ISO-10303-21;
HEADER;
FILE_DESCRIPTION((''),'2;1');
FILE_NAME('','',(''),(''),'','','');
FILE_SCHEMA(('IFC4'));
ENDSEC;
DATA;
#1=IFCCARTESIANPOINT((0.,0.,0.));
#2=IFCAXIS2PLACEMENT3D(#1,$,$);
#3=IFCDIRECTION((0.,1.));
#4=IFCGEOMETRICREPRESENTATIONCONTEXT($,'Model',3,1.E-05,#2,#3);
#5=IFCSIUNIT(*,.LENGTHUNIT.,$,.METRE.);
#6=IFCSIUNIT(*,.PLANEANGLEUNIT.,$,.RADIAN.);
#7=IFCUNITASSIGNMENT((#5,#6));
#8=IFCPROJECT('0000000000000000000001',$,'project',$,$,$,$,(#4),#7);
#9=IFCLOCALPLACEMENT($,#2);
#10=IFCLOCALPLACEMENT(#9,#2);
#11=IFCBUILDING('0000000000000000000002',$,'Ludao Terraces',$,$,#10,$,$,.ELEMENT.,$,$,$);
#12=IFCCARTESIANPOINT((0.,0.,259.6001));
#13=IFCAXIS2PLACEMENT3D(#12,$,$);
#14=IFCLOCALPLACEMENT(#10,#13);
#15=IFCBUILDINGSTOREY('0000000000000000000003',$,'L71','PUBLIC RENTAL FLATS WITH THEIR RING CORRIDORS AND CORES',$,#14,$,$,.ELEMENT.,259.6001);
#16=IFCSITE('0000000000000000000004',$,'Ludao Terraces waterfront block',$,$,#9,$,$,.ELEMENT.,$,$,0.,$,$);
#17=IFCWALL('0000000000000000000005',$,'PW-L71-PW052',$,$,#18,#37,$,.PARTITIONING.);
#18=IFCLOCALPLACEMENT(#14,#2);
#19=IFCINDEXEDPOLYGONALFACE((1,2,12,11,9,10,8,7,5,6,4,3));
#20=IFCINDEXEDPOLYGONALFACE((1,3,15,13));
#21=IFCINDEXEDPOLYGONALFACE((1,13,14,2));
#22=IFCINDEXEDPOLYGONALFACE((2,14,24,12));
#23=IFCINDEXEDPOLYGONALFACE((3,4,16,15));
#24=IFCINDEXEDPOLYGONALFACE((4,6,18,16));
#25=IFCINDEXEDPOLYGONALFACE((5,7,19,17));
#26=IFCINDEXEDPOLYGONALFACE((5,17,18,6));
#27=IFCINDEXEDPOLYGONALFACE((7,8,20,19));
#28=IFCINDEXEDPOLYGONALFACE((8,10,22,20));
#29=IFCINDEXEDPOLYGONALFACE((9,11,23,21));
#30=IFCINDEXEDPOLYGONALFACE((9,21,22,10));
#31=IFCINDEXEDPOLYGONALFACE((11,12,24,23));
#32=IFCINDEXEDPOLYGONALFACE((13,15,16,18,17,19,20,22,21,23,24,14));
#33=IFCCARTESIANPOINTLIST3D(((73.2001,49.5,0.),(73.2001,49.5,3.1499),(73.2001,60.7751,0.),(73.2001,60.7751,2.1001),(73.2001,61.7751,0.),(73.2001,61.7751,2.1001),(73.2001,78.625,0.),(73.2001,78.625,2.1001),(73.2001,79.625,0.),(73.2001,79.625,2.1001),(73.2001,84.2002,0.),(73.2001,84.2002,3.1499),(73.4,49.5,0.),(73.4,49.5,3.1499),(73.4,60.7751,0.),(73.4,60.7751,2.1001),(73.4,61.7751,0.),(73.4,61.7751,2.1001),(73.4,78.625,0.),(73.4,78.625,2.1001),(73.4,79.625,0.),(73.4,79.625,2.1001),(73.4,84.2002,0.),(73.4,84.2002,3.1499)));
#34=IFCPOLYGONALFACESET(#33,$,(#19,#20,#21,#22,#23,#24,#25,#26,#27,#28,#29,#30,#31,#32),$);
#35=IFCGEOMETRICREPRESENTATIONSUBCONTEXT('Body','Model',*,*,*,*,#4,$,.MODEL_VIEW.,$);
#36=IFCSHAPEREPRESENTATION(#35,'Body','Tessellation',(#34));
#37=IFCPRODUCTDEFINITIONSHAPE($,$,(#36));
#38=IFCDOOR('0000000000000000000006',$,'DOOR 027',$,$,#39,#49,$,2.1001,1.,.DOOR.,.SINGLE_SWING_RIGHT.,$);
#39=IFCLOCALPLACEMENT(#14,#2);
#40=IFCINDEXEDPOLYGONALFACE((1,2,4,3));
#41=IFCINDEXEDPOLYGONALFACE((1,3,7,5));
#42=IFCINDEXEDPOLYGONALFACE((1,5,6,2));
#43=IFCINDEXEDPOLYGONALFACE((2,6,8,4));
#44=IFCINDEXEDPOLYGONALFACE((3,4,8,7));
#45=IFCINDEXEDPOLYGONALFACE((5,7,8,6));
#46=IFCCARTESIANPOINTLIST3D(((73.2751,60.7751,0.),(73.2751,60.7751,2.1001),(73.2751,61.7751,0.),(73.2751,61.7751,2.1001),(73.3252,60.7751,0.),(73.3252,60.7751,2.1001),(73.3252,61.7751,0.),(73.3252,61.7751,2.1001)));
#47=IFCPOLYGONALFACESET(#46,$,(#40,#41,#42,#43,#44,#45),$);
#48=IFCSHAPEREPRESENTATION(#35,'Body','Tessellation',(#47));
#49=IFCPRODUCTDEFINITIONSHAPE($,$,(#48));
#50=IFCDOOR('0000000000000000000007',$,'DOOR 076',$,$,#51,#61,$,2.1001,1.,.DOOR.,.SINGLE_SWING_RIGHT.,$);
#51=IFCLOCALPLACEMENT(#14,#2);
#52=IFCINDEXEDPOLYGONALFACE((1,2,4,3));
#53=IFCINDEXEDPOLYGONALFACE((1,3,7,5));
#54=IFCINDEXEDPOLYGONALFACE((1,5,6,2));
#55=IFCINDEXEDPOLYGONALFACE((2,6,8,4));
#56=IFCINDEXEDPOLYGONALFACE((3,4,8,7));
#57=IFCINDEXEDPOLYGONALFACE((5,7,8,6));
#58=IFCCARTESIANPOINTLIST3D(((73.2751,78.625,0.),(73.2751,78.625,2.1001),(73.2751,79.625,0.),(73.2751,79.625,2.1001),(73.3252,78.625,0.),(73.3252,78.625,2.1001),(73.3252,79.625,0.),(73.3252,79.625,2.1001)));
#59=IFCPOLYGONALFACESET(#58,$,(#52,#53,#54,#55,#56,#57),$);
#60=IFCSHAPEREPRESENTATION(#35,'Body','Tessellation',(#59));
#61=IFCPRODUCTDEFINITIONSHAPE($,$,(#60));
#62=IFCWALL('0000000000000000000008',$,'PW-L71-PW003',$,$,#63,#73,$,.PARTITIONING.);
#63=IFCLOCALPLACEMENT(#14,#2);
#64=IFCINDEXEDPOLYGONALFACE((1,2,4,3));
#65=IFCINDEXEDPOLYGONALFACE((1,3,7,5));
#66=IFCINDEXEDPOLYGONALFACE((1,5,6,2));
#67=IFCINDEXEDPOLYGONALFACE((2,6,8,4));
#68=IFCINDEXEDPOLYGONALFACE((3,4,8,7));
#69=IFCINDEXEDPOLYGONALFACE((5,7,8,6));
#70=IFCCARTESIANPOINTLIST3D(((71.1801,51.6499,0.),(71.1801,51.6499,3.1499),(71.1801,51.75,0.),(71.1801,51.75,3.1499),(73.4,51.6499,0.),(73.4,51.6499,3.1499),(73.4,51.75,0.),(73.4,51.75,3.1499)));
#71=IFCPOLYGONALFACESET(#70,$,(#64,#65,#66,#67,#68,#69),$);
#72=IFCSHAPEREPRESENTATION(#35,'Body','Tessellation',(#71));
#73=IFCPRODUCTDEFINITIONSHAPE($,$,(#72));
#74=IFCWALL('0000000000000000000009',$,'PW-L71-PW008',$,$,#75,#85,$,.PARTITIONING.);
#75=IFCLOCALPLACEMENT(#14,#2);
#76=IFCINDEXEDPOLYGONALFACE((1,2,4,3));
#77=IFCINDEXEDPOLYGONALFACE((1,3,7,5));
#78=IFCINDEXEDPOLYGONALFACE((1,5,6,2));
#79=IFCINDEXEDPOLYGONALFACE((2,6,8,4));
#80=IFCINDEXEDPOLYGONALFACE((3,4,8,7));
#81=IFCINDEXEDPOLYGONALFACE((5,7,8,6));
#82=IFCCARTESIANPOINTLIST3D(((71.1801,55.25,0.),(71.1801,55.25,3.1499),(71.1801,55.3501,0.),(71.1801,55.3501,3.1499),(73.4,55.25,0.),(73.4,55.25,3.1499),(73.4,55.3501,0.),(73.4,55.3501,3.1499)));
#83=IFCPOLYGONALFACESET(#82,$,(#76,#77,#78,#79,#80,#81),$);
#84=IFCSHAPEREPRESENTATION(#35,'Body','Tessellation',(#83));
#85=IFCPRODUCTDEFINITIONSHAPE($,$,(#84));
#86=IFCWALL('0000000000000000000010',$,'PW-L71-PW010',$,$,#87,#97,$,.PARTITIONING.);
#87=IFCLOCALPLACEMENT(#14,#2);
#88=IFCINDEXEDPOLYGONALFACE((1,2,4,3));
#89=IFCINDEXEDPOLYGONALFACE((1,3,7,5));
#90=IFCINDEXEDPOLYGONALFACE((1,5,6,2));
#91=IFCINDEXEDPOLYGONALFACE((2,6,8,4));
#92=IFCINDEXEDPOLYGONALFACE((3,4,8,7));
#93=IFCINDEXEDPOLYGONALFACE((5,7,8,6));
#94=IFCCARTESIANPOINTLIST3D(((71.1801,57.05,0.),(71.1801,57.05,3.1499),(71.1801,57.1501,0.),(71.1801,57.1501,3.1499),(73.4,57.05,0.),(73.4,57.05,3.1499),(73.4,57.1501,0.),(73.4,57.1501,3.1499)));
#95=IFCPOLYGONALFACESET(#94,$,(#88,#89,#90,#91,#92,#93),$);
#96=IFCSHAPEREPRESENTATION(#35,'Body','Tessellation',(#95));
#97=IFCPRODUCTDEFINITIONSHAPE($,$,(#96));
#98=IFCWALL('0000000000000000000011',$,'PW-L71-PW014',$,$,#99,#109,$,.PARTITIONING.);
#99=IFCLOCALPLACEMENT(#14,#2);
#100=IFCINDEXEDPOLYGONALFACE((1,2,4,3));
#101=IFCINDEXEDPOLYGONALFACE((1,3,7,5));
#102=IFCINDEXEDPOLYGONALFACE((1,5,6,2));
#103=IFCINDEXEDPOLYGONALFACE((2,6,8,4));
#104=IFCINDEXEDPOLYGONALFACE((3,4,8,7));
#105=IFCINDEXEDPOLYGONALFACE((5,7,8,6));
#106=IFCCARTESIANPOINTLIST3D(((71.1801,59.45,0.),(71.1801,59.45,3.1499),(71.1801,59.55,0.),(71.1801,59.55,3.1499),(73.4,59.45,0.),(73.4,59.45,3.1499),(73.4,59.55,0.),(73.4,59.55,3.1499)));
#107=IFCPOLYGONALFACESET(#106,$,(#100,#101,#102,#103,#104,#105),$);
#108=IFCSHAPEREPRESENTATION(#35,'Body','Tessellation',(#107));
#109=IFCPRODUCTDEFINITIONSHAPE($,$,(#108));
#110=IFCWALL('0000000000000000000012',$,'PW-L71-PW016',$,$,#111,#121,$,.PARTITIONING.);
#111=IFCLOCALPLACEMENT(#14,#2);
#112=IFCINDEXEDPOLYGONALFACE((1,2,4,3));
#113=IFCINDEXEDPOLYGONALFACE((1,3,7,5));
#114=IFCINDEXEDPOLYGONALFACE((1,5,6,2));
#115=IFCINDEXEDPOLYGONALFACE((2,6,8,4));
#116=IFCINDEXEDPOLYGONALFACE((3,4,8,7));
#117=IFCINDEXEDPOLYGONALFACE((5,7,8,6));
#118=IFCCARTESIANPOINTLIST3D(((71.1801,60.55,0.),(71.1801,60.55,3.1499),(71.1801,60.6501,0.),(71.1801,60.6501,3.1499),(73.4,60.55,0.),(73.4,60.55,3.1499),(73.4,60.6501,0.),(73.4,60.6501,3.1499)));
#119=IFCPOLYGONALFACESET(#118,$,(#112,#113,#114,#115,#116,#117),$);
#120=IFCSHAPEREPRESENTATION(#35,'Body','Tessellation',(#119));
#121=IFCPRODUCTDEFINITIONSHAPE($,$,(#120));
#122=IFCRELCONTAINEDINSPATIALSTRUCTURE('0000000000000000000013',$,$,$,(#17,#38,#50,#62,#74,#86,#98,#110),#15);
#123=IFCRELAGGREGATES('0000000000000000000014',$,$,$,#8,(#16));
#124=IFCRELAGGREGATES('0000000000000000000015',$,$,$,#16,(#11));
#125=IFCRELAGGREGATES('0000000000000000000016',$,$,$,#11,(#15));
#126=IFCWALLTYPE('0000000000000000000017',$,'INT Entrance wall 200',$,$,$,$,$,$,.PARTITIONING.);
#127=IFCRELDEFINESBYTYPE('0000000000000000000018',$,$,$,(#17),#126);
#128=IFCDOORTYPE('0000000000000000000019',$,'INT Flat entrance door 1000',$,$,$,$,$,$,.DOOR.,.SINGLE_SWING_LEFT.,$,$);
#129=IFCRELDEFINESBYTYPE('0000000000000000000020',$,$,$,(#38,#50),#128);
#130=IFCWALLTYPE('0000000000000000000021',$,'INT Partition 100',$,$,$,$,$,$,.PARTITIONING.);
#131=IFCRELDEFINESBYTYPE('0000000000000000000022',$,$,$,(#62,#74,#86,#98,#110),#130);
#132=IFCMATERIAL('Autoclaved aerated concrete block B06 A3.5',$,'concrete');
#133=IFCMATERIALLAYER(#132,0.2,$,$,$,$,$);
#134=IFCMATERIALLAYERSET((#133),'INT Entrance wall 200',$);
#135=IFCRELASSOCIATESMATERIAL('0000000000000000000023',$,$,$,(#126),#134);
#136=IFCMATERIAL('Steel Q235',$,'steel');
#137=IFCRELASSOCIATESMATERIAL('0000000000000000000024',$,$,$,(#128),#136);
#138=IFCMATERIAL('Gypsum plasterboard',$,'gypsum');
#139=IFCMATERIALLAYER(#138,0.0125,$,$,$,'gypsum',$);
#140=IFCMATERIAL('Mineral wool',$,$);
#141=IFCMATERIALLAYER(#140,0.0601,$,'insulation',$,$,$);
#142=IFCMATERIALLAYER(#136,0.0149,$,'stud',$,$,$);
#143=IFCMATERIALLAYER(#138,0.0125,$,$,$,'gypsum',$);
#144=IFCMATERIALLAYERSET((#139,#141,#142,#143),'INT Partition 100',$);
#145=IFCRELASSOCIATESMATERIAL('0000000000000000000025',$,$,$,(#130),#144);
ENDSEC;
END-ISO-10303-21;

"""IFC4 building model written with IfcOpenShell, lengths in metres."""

from ifc_helpers import new_model, si_unit, direction, frame, frame_2d, origin, place, context, subcontext, project, spatial, rectangle, extrude, material, layer, layer_set, type_object, element, fill, save


model = new_model("IFC4")

# Units and contexts
model_context = context("Model", 3, precision=1e-05, world=origin(), true_north=direction((0.0, 1.0)))
body_context = subcontext(model_context, "Body", "Model", "MODEL_VIEW")
ifc_project = project(units=[si_unit("LENGTHUNIT", "METRE"), si_unit("PLANEANGLEUNIT", "RADIAN")], contexts=[model_context])

# Site, building, storey
site_placement = place(None, origin())
site = spatial("IfcSite", under=ifc_project, at=site_placement, Name="Ludao Terraces waterfront block", CompositionType="ELEMENT", RefElevation=0.0)
building_placement = place(site_placement, origin())
building = spatial("IfcBuilding", under=site, at=building_placement, Name="Ludao Terraces", CompositionType="ELEMENT")
storey_placement = place(building_placement, frame((0.0, 0.0, 259.6001)))
storey = spatial("IfcBuildingStorey", under=building, at=storey_placement, Name="L71", Description="PUBLIC RENTAL FLATS WITH THEIR RING CORRIDORS AND CORES", CompositionType="ELEMENT", Elevation=259.6001)

# Shared definitions
ifc_material_1 = material(Name="Steel Q235", Category="steel")

# Wall, openings, doors
ifc_material_2 = material(Name="Autoclaved aerated concrete block B06 A3.5", Category="concrete")
ifc_layer_1 = layer(ifc_material_2, 0.2)
ifc_layer_set_1 = layer_set([ifc_layer_1], Name="INT Entrance wall 200")
wall_type_1 = type_object("IfcWallType", Name="INT Entrance wall 200", PredefinedType="PARTITIONING", material=ifc_layer_set_1)
wall_1_placement = place(storey_placement, frame((73.3, 49.5, 0.0), z_axis=(0.0, 0.0, 1.0), x_axis=(0.0, 1.0, 0.0)))
wall_1 = element("IfcWall", 1, at=wall_1_placement, inside=storey, type_object=wall_type_1, Name="PW-L71-PW052", PredefinedType="PARTITIONING", context=body_context, shape_type="SweptSolid", body=[
    extrude(rectangle(XDim=34.7002, YDim=0.2, at=frame_2d((17.3501, 0.0))), origin(), (0.0, 0.0, 1.0), 3.1499),
])
opening_1_placement = place(wall_1_placement, frame((11.2751, 0.0, 0.0)))
opening_1 = element("IfcOpeningElement", 2, at=opening_1_placement, cuts=wall_1, PredefinedType="OPENING", context=body_context, shape_type="SweptSolid", body=[
    extrude(rectangle(XDim=1.0, YDim=2.1001, at=frame_2d((0.5, 1.05))), frame((0.0, 0.1099, 0.0), z_axis=(0.0, -1.0, 0.0), x_axis=(1.0, 0.0, 0.0)), (0.0, 0.0, 1.0), 0.22),
])
opening_2_placement = place(wall_1_placement, frame((29.125, 0.0, 0.0)))
opening_2 = element("IfcOpeningElement", 3, at=opening_2_placement, cuts=wall_1, PredefinedType="OPENING", context=body_context, shape_type="SweptSolid", body=[
    extrude(rectangle(XDim=1.0, YDim=2.1001, at=frame_2d((0.5, 1.05))), frame((0.0, 0.1099, 0.0), z_axis=(0.0, -1.0, 0.0), x_axis=(1.0, 0.0, 0.0)), (0.0, 0.0, 1.0), 0.22),
])
door_type_1 = type_object("IfcDoorType", Name="INT Flat entrance door 1000", OperationType="SINGLE_SWING_LEFT", PredefinedType="DOOR", material=ifc_material_1)
door_1_placement = place(opening_1_placement, origin())
door_1 = element("IfcDoor", 4, at=door_1_placement, inside=storey, type_object=door_type_1, Name="DOOR 027", OperationType="SINGLE_SWING_RIGHT", OverallHeight=2.1001, OverallWidth=1.0, PredefinedType="DOOR", context=body_context, shape_type="SweptSolid", body=[
    extrude(rectangle(XDim=1.0, YDim=2.1001, at=frame_2d((0.5, 1.05))), frame((0.0, 0.0249, 0.0), z_axis=(0.0, -1.0, 0.0), x_axis=(1.0, 0.0, 0.0)), (0.0, 0.0, 1.0), 0.05),
])
fill(opening_1, door_1)
door_2_placement = place(opening_2_placement, origin())
door_2 = element("IfcDoor", 5, at=door_2_placement, inside=storey, type_object=door_type_1, Name="DOOR 076", OperationType="SINGLE_SWING_RIGHT", OverallHeight=2.1001, OverallWidth=1.0, PredefinedType="DOOR", context=body_context, shape_type="SweptSolid", body=[
    extrude(rectangle(XDim=1.0, YDim=2.1001, at=frame_2d((0.5, 1.05))), frame((0.0, 0.0249, 0.0), z_axis=(0.0, -1.0, 0.0), x_axis=(1.0, 0.0, 0.0)), (0.0, 0.0, 1.0), 0.05),
])
fill(opening_2, door_2)

# Walls
ifc_material_3 = material(Name="Gypsum plasterboard", Category="gypsum")
ifc_layer_2 = layer(ifc_material_3, 0.0125, Category="gypsum")
ifc_material_4 = material(Name="Mineral wool")
ifc_layer_3 = layer(ifc_material_4, 0.0601, Name="insulation")
ifc_layer_4 = layer(ifc_material_1, 0.0149, Name="stud")
ifc_layer_5 = layer(ifc_material_3, 0.0125, Category="gypsum")
ifc_layer_set_2 = layer_set([ifc_layer_2, ifc_layer_3, ifc_layer_4, ifc_layer_5], Name="INT Partition 100")
wall_type_2 = type_object("IfcWallType", Name="INT Partition 100", PredefinedType="PARTITIONING", material=ifc_layer_set_2)
for number, where, z_axis, x_axis, name in (
    (6, (71.1802, 51.7, 0.0), (0.0, 0.0, 1.0), (1.0, 0.0, 0.0), "PW-L71-PW003"),
    (7, (71.1802, 55.3, 0.0), (0.0, 0.0, 1.0), (1.0, 0.0, 0.0), "PW-L71-PW008"),
    (8, (71.1802, 57.1001, 0.0), (0.0, 0.0, 1.0), (1.0, 0.0, 0.0), "PW-L71-PW010"),
    (9, (71.1802, 59.5, 0.0), (0.0, 0.0, 1.0), (1.0, 0.0, 0.0), "PW-L71-PW014"),
    (10, (71.1802, 60.6001, 0.0), (0.0, 0.0, 1.0), (1.0, 0.0, 0.0), "PW-L71-PW016"),
):
    element("IfcWall", number, at=place(storey_placement, frame(where, z_axis=z_axis, x_axis=x_axis)), inside=storey, type_object=wall_type_2, Name=name, PredefinedType="PARTITIONING", context=body_context, shape_type="SweptSolid", body=[
        extrude(rectangle(XDim=2.22, YDim=0.1001, at=frame_2d((1.1099, 0.0))), origin(), (0.0, 0.0, 1.0), 3.1499),
    ])

save(model, "model.ifc")
